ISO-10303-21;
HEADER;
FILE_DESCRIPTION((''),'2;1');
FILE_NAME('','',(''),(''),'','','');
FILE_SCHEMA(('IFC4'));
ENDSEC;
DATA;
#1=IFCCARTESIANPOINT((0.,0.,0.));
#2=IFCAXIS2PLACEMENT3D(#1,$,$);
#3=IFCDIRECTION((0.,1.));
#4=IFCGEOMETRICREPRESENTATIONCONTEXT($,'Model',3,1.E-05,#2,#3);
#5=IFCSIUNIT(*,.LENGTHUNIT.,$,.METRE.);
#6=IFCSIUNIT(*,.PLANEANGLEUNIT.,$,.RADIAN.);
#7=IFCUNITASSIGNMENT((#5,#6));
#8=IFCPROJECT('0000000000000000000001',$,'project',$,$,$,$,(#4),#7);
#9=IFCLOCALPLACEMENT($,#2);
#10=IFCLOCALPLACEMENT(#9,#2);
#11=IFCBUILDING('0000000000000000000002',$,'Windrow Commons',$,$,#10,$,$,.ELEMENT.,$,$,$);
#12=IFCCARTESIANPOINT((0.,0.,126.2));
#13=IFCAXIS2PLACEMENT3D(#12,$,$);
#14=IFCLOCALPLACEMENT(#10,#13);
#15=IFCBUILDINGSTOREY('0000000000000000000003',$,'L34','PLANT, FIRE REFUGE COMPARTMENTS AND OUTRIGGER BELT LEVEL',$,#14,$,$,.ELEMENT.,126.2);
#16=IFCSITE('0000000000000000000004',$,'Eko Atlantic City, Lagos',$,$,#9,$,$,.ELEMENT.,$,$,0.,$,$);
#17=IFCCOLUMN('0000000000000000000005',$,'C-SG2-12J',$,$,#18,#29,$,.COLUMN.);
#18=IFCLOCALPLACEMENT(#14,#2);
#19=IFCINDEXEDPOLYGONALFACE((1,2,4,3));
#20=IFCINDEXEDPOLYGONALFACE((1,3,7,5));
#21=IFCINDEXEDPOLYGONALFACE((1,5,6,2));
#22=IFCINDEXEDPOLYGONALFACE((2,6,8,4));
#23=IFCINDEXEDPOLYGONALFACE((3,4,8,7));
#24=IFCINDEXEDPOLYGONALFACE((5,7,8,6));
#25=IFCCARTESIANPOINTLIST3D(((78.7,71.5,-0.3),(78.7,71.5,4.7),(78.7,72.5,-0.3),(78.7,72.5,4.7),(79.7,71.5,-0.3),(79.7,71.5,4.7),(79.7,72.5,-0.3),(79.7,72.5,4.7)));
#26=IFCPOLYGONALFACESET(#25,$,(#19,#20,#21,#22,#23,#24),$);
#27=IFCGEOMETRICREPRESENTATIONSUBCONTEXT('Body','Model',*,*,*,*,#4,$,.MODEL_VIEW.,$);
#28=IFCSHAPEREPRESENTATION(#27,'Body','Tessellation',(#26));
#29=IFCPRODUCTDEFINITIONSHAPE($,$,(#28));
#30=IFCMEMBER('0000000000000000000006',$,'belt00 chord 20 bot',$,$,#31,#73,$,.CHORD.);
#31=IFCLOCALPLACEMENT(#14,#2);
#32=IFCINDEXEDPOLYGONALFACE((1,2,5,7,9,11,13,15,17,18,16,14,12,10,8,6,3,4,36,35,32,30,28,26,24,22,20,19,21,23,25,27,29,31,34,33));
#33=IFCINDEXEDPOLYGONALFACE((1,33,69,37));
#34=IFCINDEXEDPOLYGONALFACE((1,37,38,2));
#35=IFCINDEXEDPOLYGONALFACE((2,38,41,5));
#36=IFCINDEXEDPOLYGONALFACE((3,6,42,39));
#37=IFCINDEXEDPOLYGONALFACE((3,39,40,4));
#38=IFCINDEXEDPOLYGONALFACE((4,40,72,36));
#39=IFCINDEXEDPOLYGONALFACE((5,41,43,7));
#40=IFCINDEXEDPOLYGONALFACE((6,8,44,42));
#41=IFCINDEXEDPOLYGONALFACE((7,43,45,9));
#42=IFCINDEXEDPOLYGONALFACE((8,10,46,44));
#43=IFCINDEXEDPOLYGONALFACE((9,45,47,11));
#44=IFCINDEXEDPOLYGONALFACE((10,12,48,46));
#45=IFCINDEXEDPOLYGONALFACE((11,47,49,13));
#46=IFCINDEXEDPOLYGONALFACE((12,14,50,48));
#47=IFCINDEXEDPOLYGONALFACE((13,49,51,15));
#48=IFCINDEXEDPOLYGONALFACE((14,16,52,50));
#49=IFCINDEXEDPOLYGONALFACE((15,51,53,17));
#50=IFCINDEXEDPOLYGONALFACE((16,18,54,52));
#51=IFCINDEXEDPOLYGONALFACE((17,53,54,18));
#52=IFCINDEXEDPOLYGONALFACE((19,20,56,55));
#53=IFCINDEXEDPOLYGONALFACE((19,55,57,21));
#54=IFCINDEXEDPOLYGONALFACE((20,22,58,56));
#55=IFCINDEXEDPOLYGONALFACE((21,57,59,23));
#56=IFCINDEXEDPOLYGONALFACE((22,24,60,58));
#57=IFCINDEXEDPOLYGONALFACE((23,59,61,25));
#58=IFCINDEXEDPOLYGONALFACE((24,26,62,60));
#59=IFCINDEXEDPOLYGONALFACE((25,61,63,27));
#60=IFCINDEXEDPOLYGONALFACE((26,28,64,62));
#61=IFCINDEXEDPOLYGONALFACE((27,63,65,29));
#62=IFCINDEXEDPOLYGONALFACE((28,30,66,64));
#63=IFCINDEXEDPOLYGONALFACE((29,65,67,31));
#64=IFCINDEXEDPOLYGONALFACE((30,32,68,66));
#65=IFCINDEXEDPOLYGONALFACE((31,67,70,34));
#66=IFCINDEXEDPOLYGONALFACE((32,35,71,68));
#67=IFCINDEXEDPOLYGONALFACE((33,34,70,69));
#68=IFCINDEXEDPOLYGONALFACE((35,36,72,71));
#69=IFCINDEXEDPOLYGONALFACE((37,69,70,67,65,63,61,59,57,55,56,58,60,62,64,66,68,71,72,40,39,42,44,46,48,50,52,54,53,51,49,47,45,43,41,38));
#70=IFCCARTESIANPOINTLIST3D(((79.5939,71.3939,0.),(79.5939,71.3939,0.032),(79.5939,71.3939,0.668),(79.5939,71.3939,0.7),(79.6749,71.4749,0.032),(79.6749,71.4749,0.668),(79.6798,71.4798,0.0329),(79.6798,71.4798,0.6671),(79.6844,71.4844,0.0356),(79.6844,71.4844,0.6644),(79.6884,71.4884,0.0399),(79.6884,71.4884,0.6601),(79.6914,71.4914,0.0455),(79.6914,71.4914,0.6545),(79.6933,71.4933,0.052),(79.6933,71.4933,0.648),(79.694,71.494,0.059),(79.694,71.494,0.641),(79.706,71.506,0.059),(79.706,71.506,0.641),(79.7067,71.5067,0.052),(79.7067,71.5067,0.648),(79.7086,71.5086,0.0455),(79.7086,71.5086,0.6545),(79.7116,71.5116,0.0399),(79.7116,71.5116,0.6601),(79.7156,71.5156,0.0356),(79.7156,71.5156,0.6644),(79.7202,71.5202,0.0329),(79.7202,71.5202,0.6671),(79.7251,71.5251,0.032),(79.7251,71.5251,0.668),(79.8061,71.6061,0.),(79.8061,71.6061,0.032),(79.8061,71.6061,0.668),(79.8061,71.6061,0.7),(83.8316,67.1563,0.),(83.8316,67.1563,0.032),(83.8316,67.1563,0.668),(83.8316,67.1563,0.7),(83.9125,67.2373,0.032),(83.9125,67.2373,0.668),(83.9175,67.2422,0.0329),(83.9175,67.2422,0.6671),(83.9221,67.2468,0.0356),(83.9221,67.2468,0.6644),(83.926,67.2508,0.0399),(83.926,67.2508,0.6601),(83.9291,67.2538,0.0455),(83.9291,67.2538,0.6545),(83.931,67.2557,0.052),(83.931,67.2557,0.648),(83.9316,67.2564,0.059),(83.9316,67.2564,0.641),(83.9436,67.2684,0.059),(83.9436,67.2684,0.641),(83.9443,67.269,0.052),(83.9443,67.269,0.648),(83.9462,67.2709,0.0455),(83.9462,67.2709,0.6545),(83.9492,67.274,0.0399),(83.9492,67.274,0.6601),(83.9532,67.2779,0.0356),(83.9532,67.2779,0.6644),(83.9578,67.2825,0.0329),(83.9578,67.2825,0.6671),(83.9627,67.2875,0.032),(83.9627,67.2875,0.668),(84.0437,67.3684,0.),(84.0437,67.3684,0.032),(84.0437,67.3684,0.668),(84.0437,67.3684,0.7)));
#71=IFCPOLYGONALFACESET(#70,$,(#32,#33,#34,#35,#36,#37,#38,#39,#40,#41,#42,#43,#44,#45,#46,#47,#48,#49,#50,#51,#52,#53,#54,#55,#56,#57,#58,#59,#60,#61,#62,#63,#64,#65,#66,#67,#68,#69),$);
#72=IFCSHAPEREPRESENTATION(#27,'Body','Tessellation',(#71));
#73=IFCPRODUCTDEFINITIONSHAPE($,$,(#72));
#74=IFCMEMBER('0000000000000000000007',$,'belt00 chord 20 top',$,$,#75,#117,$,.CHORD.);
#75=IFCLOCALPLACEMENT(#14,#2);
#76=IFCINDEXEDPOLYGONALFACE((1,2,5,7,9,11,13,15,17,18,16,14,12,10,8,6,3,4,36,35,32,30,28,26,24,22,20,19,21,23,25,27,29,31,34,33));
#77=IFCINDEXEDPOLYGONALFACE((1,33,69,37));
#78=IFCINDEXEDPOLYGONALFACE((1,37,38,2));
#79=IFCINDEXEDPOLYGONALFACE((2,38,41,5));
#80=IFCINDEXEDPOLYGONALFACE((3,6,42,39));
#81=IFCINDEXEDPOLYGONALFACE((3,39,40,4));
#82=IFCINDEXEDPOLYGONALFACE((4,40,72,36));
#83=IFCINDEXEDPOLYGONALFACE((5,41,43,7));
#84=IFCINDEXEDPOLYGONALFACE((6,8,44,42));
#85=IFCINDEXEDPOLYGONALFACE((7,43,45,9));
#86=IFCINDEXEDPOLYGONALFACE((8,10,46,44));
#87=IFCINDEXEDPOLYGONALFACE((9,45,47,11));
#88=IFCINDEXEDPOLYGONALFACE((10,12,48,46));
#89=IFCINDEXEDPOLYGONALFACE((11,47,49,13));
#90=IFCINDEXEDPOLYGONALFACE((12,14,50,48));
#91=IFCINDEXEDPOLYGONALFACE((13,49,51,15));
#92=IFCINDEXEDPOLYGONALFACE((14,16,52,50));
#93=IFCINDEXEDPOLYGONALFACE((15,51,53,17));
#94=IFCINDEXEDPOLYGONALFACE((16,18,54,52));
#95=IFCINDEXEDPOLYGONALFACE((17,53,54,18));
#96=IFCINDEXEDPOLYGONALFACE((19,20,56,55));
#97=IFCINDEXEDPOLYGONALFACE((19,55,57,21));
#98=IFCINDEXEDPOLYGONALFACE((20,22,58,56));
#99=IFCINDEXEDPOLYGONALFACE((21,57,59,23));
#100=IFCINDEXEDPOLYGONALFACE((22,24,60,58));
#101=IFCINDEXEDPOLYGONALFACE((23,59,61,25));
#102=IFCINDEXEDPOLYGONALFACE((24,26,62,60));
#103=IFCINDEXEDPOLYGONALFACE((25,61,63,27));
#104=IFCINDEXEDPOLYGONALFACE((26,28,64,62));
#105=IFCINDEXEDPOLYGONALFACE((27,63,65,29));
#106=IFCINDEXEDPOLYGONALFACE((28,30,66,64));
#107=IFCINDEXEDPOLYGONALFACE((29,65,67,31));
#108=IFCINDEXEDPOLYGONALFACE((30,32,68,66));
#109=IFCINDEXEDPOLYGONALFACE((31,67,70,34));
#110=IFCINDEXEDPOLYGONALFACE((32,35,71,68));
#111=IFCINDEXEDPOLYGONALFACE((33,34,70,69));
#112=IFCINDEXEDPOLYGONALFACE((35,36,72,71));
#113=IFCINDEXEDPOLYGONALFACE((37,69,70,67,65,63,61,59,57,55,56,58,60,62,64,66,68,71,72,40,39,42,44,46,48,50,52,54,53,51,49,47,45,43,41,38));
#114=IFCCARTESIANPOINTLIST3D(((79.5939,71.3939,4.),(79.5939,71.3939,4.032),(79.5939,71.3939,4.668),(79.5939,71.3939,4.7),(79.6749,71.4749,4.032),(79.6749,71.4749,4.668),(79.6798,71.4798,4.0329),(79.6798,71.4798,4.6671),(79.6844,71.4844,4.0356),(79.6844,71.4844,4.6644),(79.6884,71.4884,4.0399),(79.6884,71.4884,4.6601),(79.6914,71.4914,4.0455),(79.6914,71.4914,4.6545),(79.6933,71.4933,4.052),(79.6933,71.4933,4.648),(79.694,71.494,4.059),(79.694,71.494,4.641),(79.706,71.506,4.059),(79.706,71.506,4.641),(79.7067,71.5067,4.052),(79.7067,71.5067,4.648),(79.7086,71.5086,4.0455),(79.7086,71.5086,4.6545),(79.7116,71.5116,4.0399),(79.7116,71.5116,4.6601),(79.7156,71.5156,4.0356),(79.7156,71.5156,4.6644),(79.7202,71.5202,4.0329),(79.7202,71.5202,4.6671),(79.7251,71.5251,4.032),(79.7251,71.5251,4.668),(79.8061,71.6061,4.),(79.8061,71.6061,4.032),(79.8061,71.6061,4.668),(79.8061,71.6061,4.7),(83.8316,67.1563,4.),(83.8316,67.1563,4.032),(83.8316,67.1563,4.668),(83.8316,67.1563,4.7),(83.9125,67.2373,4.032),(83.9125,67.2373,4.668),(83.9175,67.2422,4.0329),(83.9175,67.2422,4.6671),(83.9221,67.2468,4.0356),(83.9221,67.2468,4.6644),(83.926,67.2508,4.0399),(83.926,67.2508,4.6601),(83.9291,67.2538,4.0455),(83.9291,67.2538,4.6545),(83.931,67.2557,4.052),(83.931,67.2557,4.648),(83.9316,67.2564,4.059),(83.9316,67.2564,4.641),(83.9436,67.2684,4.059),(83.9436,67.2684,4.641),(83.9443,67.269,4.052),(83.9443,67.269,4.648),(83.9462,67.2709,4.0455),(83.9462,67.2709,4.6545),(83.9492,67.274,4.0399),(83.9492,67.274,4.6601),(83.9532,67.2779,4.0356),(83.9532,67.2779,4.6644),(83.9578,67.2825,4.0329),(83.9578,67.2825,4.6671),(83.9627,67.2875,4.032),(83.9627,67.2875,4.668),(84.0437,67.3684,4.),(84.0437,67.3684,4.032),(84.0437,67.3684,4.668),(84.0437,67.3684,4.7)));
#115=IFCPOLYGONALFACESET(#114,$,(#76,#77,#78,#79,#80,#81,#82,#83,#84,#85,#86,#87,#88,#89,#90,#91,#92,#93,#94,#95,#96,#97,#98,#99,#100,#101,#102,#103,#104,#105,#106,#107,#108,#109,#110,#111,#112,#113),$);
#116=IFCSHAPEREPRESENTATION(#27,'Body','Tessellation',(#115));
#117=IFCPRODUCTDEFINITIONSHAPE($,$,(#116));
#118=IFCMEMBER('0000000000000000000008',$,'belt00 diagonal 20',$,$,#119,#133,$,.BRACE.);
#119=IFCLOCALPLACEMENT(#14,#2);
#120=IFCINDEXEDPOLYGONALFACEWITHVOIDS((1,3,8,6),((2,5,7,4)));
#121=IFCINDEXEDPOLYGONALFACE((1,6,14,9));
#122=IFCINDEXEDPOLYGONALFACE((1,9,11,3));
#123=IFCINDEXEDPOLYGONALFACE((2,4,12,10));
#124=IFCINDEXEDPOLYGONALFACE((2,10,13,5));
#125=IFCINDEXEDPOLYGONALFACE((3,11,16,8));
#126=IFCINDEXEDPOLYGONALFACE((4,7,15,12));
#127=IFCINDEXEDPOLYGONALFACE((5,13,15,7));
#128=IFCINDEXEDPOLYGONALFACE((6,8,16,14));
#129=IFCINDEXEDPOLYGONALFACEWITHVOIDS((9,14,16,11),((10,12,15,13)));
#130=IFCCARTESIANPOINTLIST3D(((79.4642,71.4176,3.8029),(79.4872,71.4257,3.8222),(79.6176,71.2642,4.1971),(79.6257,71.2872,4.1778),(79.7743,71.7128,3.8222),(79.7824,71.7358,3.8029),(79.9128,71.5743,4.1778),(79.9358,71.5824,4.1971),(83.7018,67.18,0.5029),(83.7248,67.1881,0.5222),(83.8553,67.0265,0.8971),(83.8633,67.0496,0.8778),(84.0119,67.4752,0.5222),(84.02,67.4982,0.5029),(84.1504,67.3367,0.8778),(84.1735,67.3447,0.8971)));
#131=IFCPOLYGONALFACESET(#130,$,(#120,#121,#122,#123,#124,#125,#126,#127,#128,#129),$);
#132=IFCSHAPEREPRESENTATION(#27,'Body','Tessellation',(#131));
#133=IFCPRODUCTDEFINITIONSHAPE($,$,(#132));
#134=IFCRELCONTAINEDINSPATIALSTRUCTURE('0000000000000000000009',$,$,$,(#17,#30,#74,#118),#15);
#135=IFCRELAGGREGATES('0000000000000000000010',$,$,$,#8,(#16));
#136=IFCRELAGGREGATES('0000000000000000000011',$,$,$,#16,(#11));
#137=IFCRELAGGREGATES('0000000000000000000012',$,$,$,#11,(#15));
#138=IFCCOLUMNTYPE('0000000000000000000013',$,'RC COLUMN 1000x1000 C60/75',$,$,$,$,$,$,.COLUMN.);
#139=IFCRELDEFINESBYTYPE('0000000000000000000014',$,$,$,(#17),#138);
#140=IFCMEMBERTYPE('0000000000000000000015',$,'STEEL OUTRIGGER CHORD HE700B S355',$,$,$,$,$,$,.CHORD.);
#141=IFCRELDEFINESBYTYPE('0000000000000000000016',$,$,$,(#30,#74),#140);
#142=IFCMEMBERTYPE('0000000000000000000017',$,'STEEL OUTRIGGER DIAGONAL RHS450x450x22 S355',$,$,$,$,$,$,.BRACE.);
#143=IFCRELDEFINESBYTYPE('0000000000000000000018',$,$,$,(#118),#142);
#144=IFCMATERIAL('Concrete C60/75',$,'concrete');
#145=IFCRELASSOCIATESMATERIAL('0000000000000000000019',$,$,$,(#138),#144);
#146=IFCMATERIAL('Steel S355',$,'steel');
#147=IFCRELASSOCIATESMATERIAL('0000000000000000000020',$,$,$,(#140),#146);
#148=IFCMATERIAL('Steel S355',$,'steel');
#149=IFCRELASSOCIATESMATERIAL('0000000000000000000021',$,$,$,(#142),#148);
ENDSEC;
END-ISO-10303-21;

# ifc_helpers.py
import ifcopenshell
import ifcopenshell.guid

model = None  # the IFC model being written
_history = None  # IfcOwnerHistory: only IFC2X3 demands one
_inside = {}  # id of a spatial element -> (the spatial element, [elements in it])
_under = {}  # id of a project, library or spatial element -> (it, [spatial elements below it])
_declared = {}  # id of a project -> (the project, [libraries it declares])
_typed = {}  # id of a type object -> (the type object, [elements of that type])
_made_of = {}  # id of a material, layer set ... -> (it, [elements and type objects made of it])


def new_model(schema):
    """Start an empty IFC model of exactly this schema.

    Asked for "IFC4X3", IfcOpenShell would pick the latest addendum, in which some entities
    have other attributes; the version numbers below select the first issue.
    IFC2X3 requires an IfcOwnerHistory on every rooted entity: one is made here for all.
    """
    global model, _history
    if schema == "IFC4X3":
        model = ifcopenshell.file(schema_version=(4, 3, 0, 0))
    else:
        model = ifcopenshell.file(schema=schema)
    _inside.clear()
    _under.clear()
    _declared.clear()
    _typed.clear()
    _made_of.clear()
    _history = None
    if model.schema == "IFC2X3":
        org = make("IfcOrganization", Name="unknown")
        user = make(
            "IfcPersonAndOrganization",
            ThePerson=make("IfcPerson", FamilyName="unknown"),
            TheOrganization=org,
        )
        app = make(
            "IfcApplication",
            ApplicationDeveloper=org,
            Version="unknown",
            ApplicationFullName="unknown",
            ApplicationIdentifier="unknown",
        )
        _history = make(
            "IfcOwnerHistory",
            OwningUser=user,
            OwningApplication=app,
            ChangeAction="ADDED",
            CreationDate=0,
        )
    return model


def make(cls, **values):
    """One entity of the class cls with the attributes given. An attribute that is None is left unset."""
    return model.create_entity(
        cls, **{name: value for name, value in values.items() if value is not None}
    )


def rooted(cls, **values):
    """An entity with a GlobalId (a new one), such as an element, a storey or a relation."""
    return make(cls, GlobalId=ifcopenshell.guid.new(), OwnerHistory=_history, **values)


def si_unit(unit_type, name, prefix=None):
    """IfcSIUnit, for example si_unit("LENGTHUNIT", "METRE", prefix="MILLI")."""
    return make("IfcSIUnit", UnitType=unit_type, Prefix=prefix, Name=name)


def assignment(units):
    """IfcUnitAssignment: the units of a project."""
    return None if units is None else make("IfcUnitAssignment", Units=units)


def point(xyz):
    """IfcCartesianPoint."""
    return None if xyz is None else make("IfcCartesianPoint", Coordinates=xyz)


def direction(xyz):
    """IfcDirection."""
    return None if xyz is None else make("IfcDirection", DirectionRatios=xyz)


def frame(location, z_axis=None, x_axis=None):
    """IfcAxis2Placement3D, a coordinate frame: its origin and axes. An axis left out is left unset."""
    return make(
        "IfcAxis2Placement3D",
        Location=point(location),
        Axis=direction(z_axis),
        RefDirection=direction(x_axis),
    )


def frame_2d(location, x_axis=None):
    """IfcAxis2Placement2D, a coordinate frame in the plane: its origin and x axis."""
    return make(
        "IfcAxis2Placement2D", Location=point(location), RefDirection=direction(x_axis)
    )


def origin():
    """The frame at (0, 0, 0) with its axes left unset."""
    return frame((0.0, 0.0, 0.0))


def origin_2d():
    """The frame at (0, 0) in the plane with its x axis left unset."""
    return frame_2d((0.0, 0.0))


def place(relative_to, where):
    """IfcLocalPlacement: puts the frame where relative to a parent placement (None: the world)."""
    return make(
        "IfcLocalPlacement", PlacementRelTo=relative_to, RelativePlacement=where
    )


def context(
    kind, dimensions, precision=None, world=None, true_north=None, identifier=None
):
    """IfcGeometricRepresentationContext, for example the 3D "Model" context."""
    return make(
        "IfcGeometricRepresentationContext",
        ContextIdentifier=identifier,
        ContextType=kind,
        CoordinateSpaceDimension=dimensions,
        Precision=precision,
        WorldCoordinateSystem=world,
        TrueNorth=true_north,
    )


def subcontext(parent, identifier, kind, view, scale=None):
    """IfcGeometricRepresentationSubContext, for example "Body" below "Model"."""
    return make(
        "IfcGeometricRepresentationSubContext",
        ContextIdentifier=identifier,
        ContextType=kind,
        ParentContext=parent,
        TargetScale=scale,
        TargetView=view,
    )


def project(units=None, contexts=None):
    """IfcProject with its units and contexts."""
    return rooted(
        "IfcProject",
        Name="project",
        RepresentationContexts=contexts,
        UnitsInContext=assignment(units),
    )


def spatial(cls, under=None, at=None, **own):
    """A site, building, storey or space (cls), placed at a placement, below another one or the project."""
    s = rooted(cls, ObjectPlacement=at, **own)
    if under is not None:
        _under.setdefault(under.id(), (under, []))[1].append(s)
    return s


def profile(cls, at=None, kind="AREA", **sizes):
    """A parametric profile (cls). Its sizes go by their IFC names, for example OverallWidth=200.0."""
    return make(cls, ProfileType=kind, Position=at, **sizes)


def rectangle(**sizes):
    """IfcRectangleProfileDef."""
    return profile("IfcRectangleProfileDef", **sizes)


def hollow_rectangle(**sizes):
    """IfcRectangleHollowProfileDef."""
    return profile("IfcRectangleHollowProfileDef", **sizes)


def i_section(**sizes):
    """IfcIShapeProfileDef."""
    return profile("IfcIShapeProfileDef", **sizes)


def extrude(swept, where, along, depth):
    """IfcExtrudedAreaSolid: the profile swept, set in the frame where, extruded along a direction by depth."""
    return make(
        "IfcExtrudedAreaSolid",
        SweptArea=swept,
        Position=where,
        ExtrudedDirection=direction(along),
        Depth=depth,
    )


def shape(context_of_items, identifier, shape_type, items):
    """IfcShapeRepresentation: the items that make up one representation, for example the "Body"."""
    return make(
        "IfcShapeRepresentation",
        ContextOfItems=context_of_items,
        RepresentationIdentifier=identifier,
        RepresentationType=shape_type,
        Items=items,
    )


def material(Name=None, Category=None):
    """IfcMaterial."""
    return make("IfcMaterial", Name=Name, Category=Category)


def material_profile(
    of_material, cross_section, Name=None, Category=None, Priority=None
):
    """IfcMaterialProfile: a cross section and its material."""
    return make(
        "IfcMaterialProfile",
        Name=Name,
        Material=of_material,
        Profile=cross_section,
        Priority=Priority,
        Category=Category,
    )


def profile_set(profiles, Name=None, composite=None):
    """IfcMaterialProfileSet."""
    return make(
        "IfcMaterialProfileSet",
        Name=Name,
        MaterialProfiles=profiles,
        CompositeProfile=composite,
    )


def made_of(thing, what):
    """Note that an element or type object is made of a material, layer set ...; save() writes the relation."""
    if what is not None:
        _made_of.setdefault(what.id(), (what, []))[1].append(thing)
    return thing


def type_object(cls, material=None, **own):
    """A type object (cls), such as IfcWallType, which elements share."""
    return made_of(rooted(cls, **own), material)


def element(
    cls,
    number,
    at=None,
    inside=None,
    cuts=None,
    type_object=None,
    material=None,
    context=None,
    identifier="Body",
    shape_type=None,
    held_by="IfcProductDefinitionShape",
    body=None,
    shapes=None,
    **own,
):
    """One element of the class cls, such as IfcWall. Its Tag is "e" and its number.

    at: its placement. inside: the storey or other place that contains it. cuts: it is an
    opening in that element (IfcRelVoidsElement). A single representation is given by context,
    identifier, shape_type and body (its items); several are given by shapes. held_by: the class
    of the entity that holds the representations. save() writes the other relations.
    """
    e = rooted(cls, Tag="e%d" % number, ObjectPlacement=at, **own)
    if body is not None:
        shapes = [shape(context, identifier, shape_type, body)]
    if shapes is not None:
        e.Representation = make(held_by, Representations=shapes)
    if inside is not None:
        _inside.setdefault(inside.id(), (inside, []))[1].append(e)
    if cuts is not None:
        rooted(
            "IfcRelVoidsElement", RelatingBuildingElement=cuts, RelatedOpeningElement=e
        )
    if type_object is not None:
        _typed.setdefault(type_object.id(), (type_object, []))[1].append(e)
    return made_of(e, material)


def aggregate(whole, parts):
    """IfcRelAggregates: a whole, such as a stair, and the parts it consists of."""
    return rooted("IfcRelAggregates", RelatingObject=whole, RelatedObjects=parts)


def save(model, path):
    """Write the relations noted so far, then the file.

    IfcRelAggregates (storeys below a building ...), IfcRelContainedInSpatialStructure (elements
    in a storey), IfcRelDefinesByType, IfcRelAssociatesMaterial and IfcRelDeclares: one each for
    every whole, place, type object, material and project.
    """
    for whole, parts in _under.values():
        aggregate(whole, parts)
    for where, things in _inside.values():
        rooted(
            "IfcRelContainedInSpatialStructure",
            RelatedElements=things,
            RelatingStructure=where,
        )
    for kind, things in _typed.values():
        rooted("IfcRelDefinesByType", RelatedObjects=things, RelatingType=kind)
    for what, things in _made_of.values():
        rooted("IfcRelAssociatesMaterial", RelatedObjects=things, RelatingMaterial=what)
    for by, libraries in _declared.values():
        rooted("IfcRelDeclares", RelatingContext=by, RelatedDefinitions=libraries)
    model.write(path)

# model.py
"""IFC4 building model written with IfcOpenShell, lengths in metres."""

from ifc_helpers import new_model, si_unit, direction, frame, origin, origin_2d, place, context, subcontext, project, spatial, rectangle, hollow_rectangle, i_section, extrude, material, material_profile, profile_set, type_object, element, save


model = new_model("IFC4")

# Units and contexts
model_context = context("Model", 3, precision=1e-05, world=origin(), true_north=direction((0.0, 1.0)))
body_context = subcontext(model_context, "Body", "Model", "MODEL_VIEW")
ifc_project = project(units=[si_unit("LENGTHUNIT", "METRE"), si_unit("PLANEANGLEUNIT", "RADIAN")], contexts=[model_context])

# Site, building, storey
site_placement = place(None, origin())
site = spatial("IfcSite", under=ifc_project, at=site_placement, Name="Eko Atlantic City, Lagos", CompositionType="ELEMENT", RefElevation=0.0)
building_placement = place(site_placement, origin())
building = spatial("IfcBuilding", under=site, at=building_placement, Name="Windrow Commons", CompositionType="ELEMENT")
storey_placement = place(building_placement, frame((0.0, 0.0, 126.2)))
storey = spatial("IfcBuildingStorey", under=building, at=storey_placement, Name="L34", Description="PLANT, FIRE REFUGE COMPARTMENTS AND OUTRIGGER BELT LEVEL", CompositionType="ELEMENT", Elevation=126.2)

# Column
ifc_material_1 = material(Name="Concrete C60/75", Category="concrete")
ifc_material_profile_1 = material_profile(ifc_material_1, rectangle(XDim=1.0, YDim=1.0, at=origin_2d()))
ifc_profile_set_1 = profile_set([ifc_material_profile_1], Name="Concrete C60/75")
column_type = type_object("IfcColumnType", Name="RC COLUMN 1000x1000 C60/75", PredefinedType="COLUMN", material=ifc_profile_set_1)
column_placement = place(storey_placement, frame((79.2, 72.0, -0.3), z_axis=(0.0, 0.0, 1.0), x_axis=(1.0, 0.0, 0.0)))
element("IfcColumn", 1, at=column_placement, inside=storey, type_object=column_type, Name="C-SG2-12J", PredefinedType="COLUMN", context=body_context, shape_type="SweptSolid", body=[
    extrude(rectangle(XDim=1.0, YDim=1.0, at=origin_2d()), origin(), (0.0, 0.0, 1.0), 5.0),
])

# Members
ifc_material_2 = material(Name="Steel S355", Category="steel")
ifc_material_profile_2 = material_profile(ifc_material_2, i_section(OverallWidth=0.3, OverallDepth=0.7, WebThickness=0.017, FlangeThickness=0.032, FilletRadius=0.027, at=origin_2d()))
ifc_profile_set_2 = profile_set([ifc_material_profile_2], Name="Steel S355")
member_type_1 = type_object("IfcMemberType", Name="STEEL OUTRIGGER CHORD HE700B S355", PredefinedType="CHORD", material=ifc_profile_set_2)
for number, where, z_axis, x_axis, name in (
    (2, (79.7, 71.5, 0.35), (0.707107, -0.707107, 0.0), (0.707107, 0.707107, 0.0), "belt00 chord 20 bot"),
    (3, (79.7, 71.5, 4.35), (0.707107, -0.707107, 0.0), (0.707107, 0.707107, 0.0), "belt00 chord 20 top"),
):
    element("IfcMember", number, at=place(storey_placement, frame(where, z_axis=z_axis, x_axis=x_axis)), inside=storey, type_object=member_type_1, Name=name, PredefinedType="CHORD", context=body_context, shape_type="SweptSolid", body=[
        extrude(i_section(OverallWidth=0.3, OverallDepth=0.7, WebThickness=0.017, FlangeThickness=0.032, FilletRadius=0.027, at=origin_2d()), origin(), (0.0, 0.0, 1.0), 5.9929),
    ])
ifc_material_3 = material(Name="Steel S355", Category="steel")
ifc_material_profile_3 = material_profile(ifc_material_3, hollow_rectangle(XDim=0.45, YDim=0.45, WallThickness=0.022, at=origin_2d()))
ifc_profile_set_3 = profile_set([ifc_material_profile_3], Name="Steel S355")
member_type_2 = type_object("IfcMemberType", Name="STEEL OUTRIGGER DIAGONAL RHS450x450x22 S355", PredefinedType="BRACE", material=ifc_profile_set_3)
member_placement = place(storey_placement, frame((79.7, 71.5, 4.0), z_axis=(0.619407, -0.619407, -0.482359), x_axis=(0.707107, 0.707107, 0.0)))
element("IfcMember", 4, at=member_placement, inside=storey, type_object=member_type_2, Name="belt00 diagonal 20", PredefinedType="BRACE", context=body_context, shape_type="SweptSolid", body=[
    extrude(hollow_rectangle(XDim=0.45, YDim=0.45, WallThickness=0.022, at=origin_2d()), origin(), (0.0, 0.0, 1.0), 6.8414),
])

save(model, "model.ifc")
